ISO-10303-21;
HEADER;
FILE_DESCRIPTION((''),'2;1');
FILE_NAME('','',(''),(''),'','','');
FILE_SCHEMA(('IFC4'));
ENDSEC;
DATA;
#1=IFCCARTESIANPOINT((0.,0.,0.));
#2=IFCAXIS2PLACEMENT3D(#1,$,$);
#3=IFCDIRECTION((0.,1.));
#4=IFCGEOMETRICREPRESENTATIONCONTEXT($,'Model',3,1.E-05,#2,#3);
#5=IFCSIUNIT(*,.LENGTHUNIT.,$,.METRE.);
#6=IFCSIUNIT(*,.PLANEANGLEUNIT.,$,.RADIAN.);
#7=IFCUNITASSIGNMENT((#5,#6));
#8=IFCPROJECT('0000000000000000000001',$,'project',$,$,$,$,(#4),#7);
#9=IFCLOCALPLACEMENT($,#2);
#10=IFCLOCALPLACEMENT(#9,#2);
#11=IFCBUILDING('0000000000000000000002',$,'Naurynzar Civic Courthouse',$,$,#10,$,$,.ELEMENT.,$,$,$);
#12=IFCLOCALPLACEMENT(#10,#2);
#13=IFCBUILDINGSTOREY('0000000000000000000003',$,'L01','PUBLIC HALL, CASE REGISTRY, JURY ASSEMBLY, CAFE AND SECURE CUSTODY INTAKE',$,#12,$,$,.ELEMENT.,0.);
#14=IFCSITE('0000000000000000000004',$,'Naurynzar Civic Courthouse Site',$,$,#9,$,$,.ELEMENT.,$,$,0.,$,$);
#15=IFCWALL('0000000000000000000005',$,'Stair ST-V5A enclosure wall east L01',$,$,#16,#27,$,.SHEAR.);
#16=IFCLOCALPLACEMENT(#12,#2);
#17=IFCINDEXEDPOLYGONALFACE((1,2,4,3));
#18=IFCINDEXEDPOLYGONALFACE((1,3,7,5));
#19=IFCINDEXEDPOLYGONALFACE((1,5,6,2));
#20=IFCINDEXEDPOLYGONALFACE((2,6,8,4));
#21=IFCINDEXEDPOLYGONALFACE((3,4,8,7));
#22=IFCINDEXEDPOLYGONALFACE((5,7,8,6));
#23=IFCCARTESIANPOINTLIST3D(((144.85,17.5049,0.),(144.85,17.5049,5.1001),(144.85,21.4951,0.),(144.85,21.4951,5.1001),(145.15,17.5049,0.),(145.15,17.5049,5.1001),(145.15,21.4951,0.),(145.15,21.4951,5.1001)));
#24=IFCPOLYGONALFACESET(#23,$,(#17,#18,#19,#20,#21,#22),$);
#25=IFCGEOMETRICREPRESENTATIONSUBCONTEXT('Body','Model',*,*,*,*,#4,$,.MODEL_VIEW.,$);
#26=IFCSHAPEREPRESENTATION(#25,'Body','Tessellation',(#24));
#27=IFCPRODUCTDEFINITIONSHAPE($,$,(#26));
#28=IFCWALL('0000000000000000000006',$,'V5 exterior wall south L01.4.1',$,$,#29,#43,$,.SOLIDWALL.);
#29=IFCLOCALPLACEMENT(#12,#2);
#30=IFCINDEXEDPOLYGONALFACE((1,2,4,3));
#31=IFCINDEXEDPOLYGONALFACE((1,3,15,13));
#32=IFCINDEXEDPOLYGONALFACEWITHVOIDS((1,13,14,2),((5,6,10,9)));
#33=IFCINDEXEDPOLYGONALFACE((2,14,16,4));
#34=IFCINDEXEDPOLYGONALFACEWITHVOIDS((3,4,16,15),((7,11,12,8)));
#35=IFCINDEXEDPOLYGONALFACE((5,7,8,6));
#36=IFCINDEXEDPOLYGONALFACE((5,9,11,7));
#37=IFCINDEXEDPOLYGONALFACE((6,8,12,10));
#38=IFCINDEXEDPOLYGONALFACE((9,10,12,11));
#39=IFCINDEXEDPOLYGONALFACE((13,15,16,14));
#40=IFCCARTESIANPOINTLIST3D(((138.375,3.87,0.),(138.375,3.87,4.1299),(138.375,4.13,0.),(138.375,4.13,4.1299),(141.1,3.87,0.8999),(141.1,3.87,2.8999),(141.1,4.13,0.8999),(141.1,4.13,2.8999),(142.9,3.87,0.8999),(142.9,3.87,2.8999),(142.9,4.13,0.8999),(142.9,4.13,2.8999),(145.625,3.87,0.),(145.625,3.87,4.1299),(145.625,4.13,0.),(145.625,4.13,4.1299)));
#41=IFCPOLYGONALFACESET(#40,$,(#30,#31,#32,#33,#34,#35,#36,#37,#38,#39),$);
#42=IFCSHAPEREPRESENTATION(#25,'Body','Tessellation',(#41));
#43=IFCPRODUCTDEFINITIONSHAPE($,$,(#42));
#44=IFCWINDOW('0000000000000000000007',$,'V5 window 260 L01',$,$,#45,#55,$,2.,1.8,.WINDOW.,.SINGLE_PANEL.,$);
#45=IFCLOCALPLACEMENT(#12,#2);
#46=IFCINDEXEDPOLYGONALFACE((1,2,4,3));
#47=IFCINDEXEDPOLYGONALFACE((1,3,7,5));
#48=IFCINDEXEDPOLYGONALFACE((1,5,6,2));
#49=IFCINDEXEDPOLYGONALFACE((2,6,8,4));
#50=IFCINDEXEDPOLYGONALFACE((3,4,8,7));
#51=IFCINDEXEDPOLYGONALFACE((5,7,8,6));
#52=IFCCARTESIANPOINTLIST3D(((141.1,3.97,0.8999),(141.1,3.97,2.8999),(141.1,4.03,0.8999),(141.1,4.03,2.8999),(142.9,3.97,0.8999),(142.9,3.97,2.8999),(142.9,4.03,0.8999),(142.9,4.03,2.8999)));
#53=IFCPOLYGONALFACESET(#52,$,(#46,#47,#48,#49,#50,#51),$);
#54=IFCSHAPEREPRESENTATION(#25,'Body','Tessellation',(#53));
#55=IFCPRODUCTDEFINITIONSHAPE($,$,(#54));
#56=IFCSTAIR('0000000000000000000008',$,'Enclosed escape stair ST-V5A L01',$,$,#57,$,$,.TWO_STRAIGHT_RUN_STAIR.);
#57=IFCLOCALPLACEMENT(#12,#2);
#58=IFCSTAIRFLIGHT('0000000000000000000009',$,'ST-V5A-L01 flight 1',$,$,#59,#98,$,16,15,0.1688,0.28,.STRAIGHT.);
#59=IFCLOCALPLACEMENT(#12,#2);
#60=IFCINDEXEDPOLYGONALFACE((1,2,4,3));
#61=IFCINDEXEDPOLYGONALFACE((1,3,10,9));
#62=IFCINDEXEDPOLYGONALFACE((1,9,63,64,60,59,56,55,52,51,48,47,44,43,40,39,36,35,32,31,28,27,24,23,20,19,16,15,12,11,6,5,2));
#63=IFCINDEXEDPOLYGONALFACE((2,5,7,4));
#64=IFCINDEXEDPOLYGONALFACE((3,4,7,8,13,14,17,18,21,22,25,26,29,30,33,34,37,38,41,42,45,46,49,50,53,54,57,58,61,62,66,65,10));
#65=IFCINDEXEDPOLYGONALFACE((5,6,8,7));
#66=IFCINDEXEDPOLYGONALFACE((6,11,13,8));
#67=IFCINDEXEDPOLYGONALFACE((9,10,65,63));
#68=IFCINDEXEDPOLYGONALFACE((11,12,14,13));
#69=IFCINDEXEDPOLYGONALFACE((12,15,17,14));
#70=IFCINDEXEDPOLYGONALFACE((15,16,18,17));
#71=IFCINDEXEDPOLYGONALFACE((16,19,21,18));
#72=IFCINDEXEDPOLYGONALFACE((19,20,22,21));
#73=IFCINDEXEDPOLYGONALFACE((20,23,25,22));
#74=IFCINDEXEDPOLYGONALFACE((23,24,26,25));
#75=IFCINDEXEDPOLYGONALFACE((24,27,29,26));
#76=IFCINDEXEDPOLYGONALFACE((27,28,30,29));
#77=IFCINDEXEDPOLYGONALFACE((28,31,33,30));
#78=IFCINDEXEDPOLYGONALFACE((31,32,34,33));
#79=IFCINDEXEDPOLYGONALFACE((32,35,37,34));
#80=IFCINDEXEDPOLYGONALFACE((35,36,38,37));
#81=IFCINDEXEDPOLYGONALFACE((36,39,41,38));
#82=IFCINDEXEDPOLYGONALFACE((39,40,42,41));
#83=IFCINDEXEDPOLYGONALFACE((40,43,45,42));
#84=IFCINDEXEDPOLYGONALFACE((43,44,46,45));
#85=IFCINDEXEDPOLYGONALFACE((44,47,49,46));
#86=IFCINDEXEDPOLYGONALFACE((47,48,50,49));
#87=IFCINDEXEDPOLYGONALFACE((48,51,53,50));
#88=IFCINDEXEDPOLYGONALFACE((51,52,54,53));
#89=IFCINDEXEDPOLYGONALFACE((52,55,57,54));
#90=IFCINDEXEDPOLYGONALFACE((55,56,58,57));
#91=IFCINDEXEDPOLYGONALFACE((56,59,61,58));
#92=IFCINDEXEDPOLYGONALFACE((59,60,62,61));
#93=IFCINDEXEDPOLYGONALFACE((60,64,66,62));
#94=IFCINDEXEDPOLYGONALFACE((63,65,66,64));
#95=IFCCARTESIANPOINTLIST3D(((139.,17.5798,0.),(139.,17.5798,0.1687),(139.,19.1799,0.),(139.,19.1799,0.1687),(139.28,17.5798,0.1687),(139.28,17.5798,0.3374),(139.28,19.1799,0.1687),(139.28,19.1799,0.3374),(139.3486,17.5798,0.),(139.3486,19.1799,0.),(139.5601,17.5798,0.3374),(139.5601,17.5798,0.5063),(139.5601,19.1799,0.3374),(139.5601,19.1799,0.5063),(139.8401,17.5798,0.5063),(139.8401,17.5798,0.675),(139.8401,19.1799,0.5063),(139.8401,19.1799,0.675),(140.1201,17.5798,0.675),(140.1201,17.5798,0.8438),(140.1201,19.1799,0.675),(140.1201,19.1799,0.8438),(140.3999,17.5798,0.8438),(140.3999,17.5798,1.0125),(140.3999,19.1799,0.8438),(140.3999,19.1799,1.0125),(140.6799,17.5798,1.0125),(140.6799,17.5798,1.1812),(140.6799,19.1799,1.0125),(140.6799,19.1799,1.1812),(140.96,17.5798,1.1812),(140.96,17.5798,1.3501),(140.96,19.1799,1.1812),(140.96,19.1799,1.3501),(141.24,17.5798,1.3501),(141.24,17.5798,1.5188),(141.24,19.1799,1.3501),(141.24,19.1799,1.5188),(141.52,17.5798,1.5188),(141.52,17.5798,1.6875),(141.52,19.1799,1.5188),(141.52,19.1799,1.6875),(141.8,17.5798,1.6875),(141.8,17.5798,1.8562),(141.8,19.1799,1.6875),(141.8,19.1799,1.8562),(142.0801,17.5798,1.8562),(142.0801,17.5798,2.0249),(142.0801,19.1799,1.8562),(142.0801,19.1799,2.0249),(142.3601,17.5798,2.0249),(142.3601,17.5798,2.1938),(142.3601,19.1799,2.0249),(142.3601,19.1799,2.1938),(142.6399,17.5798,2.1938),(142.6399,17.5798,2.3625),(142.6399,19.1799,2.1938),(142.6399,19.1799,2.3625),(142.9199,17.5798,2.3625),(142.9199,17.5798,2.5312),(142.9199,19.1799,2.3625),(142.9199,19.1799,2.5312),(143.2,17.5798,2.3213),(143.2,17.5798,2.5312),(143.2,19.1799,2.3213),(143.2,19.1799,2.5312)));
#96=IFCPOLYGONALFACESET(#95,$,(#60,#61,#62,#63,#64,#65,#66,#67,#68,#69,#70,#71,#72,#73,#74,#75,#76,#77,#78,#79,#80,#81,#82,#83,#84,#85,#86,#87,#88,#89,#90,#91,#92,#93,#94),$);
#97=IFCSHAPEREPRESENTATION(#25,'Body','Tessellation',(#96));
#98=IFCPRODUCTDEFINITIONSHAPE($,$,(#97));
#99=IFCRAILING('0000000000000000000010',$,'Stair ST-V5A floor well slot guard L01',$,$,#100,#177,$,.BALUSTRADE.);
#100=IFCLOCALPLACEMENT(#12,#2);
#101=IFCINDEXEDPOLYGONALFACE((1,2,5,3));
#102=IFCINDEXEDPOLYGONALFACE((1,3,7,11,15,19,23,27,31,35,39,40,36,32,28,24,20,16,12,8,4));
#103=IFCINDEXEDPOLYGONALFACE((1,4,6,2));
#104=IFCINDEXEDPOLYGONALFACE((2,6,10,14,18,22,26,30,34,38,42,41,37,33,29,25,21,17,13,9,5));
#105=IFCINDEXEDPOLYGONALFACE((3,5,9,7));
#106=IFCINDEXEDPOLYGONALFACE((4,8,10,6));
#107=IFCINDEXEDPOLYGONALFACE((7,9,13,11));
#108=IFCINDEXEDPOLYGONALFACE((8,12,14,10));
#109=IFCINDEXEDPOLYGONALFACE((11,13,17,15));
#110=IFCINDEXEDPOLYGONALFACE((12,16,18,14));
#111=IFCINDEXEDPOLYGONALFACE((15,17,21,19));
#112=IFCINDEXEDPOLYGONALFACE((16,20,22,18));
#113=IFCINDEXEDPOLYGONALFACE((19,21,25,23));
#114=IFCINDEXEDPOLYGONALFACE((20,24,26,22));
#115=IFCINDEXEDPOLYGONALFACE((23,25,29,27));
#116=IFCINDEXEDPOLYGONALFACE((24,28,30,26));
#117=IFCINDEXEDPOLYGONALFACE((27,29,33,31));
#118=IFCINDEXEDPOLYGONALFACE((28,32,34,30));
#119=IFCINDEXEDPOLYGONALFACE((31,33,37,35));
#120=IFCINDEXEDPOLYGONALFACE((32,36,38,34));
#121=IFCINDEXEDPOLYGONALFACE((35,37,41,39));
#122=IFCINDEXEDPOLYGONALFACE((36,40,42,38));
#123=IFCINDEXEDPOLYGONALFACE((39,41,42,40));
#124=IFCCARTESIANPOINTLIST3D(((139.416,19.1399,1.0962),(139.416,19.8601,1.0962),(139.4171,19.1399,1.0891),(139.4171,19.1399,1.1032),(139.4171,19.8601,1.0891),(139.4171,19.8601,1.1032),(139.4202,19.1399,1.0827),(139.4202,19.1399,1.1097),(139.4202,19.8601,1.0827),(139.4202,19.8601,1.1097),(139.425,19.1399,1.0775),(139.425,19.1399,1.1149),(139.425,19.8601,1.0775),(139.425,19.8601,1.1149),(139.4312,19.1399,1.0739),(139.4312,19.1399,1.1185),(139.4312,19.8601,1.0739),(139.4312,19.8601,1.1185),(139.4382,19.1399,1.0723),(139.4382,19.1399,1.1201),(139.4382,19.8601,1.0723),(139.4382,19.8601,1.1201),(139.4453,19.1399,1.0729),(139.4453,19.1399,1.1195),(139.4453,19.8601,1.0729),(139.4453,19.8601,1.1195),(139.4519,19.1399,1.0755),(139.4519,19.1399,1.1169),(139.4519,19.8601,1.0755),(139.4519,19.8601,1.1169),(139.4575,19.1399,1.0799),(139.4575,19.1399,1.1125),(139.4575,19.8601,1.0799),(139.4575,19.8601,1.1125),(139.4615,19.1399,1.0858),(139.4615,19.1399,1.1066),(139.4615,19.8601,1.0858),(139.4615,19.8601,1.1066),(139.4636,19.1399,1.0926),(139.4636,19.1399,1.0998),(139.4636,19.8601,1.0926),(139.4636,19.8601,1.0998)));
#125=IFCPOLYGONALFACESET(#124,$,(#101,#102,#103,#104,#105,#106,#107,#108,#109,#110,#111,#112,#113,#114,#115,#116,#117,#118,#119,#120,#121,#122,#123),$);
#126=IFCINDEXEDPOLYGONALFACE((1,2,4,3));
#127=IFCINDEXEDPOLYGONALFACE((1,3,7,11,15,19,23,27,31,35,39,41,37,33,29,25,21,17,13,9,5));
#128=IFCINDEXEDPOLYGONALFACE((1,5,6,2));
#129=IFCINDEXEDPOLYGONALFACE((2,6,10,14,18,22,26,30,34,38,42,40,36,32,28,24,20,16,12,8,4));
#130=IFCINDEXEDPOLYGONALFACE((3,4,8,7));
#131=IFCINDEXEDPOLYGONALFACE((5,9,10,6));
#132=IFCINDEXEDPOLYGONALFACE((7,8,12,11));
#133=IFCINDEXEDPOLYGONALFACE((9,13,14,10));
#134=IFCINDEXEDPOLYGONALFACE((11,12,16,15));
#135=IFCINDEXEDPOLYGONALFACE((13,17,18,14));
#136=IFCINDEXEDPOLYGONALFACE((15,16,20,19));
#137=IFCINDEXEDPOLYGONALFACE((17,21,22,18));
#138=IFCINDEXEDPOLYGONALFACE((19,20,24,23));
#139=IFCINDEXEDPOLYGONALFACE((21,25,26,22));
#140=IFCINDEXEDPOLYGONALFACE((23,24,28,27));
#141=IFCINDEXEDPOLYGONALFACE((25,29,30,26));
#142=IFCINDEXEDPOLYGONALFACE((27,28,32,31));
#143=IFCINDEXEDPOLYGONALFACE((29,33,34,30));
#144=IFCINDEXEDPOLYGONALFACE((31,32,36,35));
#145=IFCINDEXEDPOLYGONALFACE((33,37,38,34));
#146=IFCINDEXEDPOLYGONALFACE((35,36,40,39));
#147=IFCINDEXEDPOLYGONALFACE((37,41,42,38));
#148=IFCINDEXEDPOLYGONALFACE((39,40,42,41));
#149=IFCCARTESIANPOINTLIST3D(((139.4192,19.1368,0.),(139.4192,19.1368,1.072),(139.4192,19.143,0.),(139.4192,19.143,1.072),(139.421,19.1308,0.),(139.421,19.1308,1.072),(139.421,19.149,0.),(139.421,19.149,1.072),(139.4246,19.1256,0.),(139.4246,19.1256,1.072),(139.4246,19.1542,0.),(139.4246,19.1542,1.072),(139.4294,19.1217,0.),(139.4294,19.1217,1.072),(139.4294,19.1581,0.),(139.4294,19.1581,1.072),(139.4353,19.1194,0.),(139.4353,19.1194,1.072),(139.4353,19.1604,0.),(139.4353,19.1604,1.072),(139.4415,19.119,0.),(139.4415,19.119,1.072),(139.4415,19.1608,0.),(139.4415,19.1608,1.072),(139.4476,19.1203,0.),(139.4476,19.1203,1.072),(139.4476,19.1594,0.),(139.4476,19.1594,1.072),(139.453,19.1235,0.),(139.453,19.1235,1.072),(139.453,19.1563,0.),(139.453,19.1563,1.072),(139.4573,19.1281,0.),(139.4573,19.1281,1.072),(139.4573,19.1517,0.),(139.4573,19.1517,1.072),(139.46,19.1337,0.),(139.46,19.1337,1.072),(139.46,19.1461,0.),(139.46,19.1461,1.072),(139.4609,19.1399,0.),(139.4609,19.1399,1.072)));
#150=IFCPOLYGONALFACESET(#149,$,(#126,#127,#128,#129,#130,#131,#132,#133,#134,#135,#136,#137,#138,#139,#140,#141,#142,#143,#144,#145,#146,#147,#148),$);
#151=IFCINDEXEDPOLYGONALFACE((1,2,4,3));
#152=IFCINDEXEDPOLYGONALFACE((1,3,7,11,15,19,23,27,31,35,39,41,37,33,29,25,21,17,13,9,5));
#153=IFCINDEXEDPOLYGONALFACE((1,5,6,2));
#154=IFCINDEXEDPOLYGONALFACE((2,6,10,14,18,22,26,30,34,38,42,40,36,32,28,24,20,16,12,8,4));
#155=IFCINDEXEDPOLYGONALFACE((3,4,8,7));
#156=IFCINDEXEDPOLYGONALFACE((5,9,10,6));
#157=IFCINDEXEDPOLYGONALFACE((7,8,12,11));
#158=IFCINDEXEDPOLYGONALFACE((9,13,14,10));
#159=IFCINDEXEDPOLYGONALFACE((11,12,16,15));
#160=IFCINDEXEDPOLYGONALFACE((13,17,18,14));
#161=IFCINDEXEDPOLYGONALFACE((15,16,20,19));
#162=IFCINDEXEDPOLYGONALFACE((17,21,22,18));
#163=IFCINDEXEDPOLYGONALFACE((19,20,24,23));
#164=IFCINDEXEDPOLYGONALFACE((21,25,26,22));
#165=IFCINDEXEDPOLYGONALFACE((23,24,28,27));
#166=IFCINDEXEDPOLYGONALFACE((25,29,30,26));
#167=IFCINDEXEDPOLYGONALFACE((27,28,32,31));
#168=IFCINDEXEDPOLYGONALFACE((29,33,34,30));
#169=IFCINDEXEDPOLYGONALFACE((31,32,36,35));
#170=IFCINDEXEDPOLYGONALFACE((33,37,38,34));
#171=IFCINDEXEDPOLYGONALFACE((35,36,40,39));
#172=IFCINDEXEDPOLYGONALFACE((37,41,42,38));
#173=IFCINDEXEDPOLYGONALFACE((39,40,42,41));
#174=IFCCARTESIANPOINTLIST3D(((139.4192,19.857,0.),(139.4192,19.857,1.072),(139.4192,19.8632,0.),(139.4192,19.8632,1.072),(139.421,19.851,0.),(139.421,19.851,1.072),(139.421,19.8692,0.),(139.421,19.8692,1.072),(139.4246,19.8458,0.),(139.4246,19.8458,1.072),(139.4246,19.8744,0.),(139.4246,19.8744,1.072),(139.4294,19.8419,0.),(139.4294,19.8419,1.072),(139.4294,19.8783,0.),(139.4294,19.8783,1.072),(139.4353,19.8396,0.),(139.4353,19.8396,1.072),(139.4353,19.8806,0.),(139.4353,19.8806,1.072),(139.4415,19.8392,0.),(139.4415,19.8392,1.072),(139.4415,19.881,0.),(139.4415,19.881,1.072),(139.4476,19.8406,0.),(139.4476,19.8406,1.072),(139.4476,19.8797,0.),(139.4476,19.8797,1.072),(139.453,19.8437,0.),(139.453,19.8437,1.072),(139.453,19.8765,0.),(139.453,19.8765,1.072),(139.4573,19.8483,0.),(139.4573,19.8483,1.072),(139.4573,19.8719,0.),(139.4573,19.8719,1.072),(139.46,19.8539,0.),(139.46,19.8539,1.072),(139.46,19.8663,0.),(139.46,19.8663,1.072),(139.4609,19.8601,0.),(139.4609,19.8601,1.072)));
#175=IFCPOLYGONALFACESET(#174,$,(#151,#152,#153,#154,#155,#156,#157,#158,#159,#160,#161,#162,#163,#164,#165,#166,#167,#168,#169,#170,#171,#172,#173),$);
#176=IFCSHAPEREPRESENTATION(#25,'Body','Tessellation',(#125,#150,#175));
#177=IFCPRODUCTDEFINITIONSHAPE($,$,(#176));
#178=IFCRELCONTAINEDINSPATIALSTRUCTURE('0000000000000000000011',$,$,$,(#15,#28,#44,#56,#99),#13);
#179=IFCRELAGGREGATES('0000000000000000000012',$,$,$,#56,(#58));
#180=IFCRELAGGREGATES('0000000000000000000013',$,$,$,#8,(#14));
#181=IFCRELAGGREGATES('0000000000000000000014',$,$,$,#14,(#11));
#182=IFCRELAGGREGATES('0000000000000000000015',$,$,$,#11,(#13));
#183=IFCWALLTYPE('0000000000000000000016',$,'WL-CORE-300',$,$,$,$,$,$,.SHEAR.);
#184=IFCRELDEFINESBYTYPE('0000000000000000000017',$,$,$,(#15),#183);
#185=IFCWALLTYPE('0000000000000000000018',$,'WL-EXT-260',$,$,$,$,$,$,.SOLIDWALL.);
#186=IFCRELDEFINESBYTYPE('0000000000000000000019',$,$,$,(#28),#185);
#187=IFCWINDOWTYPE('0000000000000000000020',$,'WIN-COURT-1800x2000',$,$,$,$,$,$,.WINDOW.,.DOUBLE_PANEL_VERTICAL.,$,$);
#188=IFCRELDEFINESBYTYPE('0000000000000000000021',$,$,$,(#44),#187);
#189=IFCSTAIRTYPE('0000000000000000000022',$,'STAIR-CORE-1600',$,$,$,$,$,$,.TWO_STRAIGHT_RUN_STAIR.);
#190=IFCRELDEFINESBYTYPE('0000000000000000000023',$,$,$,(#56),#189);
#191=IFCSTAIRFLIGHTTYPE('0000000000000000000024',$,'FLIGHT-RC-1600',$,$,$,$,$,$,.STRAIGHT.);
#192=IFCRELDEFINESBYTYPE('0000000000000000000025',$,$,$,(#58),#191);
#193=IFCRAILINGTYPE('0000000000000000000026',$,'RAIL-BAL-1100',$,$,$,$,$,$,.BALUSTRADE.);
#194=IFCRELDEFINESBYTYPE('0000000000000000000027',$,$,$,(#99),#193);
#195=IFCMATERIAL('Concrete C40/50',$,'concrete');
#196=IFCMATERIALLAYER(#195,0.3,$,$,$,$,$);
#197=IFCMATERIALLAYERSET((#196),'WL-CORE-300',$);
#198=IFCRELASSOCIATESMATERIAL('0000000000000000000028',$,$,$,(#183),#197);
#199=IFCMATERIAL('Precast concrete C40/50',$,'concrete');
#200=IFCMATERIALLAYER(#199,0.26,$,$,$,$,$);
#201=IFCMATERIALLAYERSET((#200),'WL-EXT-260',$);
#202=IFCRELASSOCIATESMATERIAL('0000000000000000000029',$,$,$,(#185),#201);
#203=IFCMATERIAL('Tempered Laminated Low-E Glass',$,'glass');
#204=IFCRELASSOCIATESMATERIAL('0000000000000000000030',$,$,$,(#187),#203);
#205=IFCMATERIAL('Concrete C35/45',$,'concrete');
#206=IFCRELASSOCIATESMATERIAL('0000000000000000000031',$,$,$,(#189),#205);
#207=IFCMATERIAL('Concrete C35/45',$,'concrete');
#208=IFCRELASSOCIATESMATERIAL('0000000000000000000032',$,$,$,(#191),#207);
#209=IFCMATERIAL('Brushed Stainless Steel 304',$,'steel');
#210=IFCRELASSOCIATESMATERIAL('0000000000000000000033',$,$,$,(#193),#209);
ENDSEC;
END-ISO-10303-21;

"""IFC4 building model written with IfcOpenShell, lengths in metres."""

from ifc_helpers import new_model, si_unit, direction, frame, frame_2d, origin, origin_2d, place, context, subcontext, project, spatial, polyline, rectangle, circle, outline, extrude, material, layer, layer_set, type_object, element, fill, aggregate, save


model = new_model("IFC4")

# Units and contexts
model_context = context("Model", 3, precision=1e-05, world=origin(), true_north=direction((0.0, 1.0)))
body_context = subcontext(model_context, "Body", "Model", "MODEL_VIEW")
ifc_project = project(units=[si_unit("LENGTHUNIT", "METRE"), si_unit("PLANEANGLEUNIT", "RADIAN")], contexts=[model_context])

# Site, building, storey
site_placement = place(None, origin())
site = spatial("IfcSite", under=ifc_project, at=site_placement, Name="Naurynzar Civic Courthouse Site", CompositionType="ELEMENT", RefElevation=0.0)
building_placement = place(site_placement, origin())
building = spatial("IfcBuilding", under=site, at=building_placement, Name="Naurynzar Civic Courthouse", CompositionType="ELEMENT")
storey_placement = place(building_placement, origin())
storey = spatial("IfcBuildingStorey", under=building, at=storey_placement, Name="L01", Description="PUBLIC HALL, CASE REGISTRY, JURY ASSEMBLY, CAFE AND SECURE CUSTODY INTAKE", CompositionType="ELEMENT", Elevation=0.0)

# Wall
ifc_material_1 = material(Name="Concrete C40/50", Category="concrete")
ifc_layer_1 = layer(ifc_material_1, 0.3)
ifc_layer_set_1 = layer_set([ifc_layer_1], Name="WL-CORE-300")
wall_type_1 = type_object("IfcWallType", Name="WL-CORE-300", PredefinedType="SHEAR", material=ifc_layer_set_1)
wall_1_placement = place(storey_placement, frame((145.0, 17.5049, 0.0), z_axis=(0.0, 0.0, 1.0), x_axis=(0.0, 1.0, 0.0)))
element("IfcWall", 1, at=wall_1_placement, inside=storey, type_object=wall_type_1, Name="Stair ST-V5A enclosure wall east L01", PredefinedType="SHEAR", context=body_context, shape_type="SweptSolid", body=[
    extrude(rectangle(XDim=3.9902, YDim=0.3, at=frame_2d((1.9951, 0.0))), origin(), (0.0, 0.0, 1.0), 5.1001),
])

# Wall, opening, window
ifc_material_2 = material(Name="Precast concrete C40/50", Category="concrete")
ifc_layer_2 = layer(ifc_material_2, 0.26)
ifc_layer_set_2 = layer_set([ifc_layer_2], Name="WL-EXT-260")
wall_type_2 = type_object("IfcWallType", Name="WL-EXT-260", PredefinedType="SOLIDWALL", material=ifc_layer_set_2)
wall_2_placement = place(storey_placement, frame((145.625, 4.0, 0.0), z_axis=(0.0, 0.0, 1.0), x_axis=(-1.0, 0.0, 0.0)))
wall_2 = element("IfcWall", 2, at=wall_2_placement, inside=storey, type_object=wall_type_2, Name="V5 exterior wall south L01.4.1", PredefinedType="SOLIDWALL", context=body_context, shape_type="SweptSolid", body=[
    extrude(rectangle(XDim=7.25, YDim=0.26, at=frame_2d((3.625, 0.0))), origin(), (0.0, 0.0, 1.0), 4.1299),
])
opening_placement = place(wall_2_placement, frame((2.7251, 0.0, 0.8999)))
opening = element("IfcOpeningElement", 3, at=opening_placement, cuts=wall_2, PredefinedType="OPENING", context=body_context, shape_type="SweptSolid", body=[
    extrude(rectangle(XDim=1.8, YDim=2.0, at=frame_2d((0.8999, 1.0))), frame((0.0, 0.1399, 0.0), z_axis=(0.0, -1.0, 0.0), x_axis=(1.0, 0.0, 0.0)), (0.0, 0.0, 1.0), 0.28),
])
ifc_material_3 = material(Name="Tempered Laminated Low-E Glass", Category="glass")
window_type = type_object("IfcWindowType", Name="WIN-COURT-1800x2000", PartitioningType="DOUBLE_PANEL_VERTICAL", PredefinedType="WINDOW", material=ifc_material_3)
window_placement = place(opening_placement, origin())
window = element("IfcWindow", 4, at=window_placement, inside=storey, type_object=window_type, Name="V5 window 260 L01", OverallHeight=2.0, OverallWidth=1.8, PartitioningType="SINGLE_PANEL", PredefinedType="WINDOW", context=body_context, shape_type="SweptSolid", body=[
    extrude(rectangle(XDim=1.8, YDim=2.0, at=frame_2d((0.8999, 1.0))), frame((0.0, 0.03, 0.0), z_axis=(0.0, -1.0, 0.0), x_axis=(1.0, 0.0, 0.0)), (0.0, 0.0, 1.0), 0.0601),
])
fill(opening, window)

# Stair, stair flight
ifc_material_4 = material(Name="Concrete C35/45", Category="concrete")
stair_type = type_object("IfcStairType", Name="STAIR-CORE-1600", PredefinedType="TWO_STRAIGHT_RUN_STAIR", material=ifc_material_4)
stair_placement = place(storey_placement, origin())
stair = element("IfcStair", 5, at=stair_placement, inside=storey, type_object=stair_type, Name="Enclosed escape stair ST-V5A L01", PredefinedType="TWO_STRAIGHT_RUN_STAIR")
ifc_material_5 = material(Name="Concrete C35/45", Category="concrete")
stair_flight_type = type_object("IfcStairFlightType", Name="FLIGHT-RC-1600", PredefinedType="STRAIGHT", material=ifc_material_5)
stair_flight_placement = place(storey_placement, frame((139.0, 18.3799, 0.0), z_axis=(0.0, 0.0, 1.0), x_axis=(1.0, 0.0, 0.0)))
stair_flight = element("IfcStairFlight", 6, at=stair_flight_placement, type_object=stair_flight_type, Name="ST-V5A-L01 flight 1", NumberOfRisers=16, NumberOfTreads=15, PredefinedType="STRAIGHT", RiserHeight=0.1688, TreadLength=0.28, context=body_context, shape_type="SweptSolid", body=[
    extrude(outline(polyline([(0.0, 0.0), (0.0, 0.1687), (0.28, 0.1687), (0.28, 0.3374), (0.5601, 0.3374), (0.5601, 0.5063), (0.8401, 0.5063), (0.8401, 0.675), (1.1201, 0.675), (1.1201, 0.8438), (1.3999, 0.8438), (1.3999, 1.0125), (1.6799, 1.0125), (1.6799, 1.1812), (1.96, 1.1812), (1.96, 1.3501), (2.24, 1.3501), (2.24, 1.5188), (2.52, 1.5188), (2.52, 1.6875), (2.8, 1.6875), (2.8, 1.8562), (3.0801, 1.8562), (3.0801, 2.0249), (3.3601, 2.0249), (3.3601, 2.1938), (3.6399, 2.1938), (3.6399, 2.3625), (3.9199, 2.3625), (3.9199, 2.5312), (4.2, 2.5312), (4.2, 2.7), (4.2, 2.3213), (0.3486, 0.0), (0.0, 0.0)])), frame((0.0, 0.8, 0.0), z_axis=(0.0, -1.0, 0.0), x_axis=(1.0, 0.0, 0.0)), (0.0, 0.0, 1.0), 1.6001),
])
aggregate(stair, [stair_flight])

# Railing
ifc_material_6 = material(Name="Brushed Stainless Steel 304", Category="steel")
railing_type_1 = type_object("IfcRailingType", Name="RAIL-BAL-1100", PredefinedType="BALUSTRADE", material=ifc_material_6)
railing_1_placement = place(storey_placement, frame((139.4399, 19.1399, 0.0)))
element("IfcRailing", 7, at=railing_1_placement, inside=storey, type_object=railing_type_1, Name="Stair ST-V5A floor well slot guard L01", PredefinedType="BALUSTRADE", context=body_context, shape_type="SweptSolid", body=[
    extrude(circle(Radius=0.0239, at=origin_2d()), frame((0.0, 0.0, 1.0962), z_axis=(0.0, 1.0, 0.0), x_axis=(-1.0, 0.0, 0.0)), (0.0, 0.0, 1.0), 0.7202),
    extrude(circle(Radius=0.021, at=origin_2d()), origin(), (0.0, 0.0, 1.0), 1.072),
    extrude(circle(Radius=0.021, at=origin_2d()), frame((0.0, 0.7202, 0.0)), (0.0, 0.0, 1.0), 1.072),
])

save(model, "model.ifc")
